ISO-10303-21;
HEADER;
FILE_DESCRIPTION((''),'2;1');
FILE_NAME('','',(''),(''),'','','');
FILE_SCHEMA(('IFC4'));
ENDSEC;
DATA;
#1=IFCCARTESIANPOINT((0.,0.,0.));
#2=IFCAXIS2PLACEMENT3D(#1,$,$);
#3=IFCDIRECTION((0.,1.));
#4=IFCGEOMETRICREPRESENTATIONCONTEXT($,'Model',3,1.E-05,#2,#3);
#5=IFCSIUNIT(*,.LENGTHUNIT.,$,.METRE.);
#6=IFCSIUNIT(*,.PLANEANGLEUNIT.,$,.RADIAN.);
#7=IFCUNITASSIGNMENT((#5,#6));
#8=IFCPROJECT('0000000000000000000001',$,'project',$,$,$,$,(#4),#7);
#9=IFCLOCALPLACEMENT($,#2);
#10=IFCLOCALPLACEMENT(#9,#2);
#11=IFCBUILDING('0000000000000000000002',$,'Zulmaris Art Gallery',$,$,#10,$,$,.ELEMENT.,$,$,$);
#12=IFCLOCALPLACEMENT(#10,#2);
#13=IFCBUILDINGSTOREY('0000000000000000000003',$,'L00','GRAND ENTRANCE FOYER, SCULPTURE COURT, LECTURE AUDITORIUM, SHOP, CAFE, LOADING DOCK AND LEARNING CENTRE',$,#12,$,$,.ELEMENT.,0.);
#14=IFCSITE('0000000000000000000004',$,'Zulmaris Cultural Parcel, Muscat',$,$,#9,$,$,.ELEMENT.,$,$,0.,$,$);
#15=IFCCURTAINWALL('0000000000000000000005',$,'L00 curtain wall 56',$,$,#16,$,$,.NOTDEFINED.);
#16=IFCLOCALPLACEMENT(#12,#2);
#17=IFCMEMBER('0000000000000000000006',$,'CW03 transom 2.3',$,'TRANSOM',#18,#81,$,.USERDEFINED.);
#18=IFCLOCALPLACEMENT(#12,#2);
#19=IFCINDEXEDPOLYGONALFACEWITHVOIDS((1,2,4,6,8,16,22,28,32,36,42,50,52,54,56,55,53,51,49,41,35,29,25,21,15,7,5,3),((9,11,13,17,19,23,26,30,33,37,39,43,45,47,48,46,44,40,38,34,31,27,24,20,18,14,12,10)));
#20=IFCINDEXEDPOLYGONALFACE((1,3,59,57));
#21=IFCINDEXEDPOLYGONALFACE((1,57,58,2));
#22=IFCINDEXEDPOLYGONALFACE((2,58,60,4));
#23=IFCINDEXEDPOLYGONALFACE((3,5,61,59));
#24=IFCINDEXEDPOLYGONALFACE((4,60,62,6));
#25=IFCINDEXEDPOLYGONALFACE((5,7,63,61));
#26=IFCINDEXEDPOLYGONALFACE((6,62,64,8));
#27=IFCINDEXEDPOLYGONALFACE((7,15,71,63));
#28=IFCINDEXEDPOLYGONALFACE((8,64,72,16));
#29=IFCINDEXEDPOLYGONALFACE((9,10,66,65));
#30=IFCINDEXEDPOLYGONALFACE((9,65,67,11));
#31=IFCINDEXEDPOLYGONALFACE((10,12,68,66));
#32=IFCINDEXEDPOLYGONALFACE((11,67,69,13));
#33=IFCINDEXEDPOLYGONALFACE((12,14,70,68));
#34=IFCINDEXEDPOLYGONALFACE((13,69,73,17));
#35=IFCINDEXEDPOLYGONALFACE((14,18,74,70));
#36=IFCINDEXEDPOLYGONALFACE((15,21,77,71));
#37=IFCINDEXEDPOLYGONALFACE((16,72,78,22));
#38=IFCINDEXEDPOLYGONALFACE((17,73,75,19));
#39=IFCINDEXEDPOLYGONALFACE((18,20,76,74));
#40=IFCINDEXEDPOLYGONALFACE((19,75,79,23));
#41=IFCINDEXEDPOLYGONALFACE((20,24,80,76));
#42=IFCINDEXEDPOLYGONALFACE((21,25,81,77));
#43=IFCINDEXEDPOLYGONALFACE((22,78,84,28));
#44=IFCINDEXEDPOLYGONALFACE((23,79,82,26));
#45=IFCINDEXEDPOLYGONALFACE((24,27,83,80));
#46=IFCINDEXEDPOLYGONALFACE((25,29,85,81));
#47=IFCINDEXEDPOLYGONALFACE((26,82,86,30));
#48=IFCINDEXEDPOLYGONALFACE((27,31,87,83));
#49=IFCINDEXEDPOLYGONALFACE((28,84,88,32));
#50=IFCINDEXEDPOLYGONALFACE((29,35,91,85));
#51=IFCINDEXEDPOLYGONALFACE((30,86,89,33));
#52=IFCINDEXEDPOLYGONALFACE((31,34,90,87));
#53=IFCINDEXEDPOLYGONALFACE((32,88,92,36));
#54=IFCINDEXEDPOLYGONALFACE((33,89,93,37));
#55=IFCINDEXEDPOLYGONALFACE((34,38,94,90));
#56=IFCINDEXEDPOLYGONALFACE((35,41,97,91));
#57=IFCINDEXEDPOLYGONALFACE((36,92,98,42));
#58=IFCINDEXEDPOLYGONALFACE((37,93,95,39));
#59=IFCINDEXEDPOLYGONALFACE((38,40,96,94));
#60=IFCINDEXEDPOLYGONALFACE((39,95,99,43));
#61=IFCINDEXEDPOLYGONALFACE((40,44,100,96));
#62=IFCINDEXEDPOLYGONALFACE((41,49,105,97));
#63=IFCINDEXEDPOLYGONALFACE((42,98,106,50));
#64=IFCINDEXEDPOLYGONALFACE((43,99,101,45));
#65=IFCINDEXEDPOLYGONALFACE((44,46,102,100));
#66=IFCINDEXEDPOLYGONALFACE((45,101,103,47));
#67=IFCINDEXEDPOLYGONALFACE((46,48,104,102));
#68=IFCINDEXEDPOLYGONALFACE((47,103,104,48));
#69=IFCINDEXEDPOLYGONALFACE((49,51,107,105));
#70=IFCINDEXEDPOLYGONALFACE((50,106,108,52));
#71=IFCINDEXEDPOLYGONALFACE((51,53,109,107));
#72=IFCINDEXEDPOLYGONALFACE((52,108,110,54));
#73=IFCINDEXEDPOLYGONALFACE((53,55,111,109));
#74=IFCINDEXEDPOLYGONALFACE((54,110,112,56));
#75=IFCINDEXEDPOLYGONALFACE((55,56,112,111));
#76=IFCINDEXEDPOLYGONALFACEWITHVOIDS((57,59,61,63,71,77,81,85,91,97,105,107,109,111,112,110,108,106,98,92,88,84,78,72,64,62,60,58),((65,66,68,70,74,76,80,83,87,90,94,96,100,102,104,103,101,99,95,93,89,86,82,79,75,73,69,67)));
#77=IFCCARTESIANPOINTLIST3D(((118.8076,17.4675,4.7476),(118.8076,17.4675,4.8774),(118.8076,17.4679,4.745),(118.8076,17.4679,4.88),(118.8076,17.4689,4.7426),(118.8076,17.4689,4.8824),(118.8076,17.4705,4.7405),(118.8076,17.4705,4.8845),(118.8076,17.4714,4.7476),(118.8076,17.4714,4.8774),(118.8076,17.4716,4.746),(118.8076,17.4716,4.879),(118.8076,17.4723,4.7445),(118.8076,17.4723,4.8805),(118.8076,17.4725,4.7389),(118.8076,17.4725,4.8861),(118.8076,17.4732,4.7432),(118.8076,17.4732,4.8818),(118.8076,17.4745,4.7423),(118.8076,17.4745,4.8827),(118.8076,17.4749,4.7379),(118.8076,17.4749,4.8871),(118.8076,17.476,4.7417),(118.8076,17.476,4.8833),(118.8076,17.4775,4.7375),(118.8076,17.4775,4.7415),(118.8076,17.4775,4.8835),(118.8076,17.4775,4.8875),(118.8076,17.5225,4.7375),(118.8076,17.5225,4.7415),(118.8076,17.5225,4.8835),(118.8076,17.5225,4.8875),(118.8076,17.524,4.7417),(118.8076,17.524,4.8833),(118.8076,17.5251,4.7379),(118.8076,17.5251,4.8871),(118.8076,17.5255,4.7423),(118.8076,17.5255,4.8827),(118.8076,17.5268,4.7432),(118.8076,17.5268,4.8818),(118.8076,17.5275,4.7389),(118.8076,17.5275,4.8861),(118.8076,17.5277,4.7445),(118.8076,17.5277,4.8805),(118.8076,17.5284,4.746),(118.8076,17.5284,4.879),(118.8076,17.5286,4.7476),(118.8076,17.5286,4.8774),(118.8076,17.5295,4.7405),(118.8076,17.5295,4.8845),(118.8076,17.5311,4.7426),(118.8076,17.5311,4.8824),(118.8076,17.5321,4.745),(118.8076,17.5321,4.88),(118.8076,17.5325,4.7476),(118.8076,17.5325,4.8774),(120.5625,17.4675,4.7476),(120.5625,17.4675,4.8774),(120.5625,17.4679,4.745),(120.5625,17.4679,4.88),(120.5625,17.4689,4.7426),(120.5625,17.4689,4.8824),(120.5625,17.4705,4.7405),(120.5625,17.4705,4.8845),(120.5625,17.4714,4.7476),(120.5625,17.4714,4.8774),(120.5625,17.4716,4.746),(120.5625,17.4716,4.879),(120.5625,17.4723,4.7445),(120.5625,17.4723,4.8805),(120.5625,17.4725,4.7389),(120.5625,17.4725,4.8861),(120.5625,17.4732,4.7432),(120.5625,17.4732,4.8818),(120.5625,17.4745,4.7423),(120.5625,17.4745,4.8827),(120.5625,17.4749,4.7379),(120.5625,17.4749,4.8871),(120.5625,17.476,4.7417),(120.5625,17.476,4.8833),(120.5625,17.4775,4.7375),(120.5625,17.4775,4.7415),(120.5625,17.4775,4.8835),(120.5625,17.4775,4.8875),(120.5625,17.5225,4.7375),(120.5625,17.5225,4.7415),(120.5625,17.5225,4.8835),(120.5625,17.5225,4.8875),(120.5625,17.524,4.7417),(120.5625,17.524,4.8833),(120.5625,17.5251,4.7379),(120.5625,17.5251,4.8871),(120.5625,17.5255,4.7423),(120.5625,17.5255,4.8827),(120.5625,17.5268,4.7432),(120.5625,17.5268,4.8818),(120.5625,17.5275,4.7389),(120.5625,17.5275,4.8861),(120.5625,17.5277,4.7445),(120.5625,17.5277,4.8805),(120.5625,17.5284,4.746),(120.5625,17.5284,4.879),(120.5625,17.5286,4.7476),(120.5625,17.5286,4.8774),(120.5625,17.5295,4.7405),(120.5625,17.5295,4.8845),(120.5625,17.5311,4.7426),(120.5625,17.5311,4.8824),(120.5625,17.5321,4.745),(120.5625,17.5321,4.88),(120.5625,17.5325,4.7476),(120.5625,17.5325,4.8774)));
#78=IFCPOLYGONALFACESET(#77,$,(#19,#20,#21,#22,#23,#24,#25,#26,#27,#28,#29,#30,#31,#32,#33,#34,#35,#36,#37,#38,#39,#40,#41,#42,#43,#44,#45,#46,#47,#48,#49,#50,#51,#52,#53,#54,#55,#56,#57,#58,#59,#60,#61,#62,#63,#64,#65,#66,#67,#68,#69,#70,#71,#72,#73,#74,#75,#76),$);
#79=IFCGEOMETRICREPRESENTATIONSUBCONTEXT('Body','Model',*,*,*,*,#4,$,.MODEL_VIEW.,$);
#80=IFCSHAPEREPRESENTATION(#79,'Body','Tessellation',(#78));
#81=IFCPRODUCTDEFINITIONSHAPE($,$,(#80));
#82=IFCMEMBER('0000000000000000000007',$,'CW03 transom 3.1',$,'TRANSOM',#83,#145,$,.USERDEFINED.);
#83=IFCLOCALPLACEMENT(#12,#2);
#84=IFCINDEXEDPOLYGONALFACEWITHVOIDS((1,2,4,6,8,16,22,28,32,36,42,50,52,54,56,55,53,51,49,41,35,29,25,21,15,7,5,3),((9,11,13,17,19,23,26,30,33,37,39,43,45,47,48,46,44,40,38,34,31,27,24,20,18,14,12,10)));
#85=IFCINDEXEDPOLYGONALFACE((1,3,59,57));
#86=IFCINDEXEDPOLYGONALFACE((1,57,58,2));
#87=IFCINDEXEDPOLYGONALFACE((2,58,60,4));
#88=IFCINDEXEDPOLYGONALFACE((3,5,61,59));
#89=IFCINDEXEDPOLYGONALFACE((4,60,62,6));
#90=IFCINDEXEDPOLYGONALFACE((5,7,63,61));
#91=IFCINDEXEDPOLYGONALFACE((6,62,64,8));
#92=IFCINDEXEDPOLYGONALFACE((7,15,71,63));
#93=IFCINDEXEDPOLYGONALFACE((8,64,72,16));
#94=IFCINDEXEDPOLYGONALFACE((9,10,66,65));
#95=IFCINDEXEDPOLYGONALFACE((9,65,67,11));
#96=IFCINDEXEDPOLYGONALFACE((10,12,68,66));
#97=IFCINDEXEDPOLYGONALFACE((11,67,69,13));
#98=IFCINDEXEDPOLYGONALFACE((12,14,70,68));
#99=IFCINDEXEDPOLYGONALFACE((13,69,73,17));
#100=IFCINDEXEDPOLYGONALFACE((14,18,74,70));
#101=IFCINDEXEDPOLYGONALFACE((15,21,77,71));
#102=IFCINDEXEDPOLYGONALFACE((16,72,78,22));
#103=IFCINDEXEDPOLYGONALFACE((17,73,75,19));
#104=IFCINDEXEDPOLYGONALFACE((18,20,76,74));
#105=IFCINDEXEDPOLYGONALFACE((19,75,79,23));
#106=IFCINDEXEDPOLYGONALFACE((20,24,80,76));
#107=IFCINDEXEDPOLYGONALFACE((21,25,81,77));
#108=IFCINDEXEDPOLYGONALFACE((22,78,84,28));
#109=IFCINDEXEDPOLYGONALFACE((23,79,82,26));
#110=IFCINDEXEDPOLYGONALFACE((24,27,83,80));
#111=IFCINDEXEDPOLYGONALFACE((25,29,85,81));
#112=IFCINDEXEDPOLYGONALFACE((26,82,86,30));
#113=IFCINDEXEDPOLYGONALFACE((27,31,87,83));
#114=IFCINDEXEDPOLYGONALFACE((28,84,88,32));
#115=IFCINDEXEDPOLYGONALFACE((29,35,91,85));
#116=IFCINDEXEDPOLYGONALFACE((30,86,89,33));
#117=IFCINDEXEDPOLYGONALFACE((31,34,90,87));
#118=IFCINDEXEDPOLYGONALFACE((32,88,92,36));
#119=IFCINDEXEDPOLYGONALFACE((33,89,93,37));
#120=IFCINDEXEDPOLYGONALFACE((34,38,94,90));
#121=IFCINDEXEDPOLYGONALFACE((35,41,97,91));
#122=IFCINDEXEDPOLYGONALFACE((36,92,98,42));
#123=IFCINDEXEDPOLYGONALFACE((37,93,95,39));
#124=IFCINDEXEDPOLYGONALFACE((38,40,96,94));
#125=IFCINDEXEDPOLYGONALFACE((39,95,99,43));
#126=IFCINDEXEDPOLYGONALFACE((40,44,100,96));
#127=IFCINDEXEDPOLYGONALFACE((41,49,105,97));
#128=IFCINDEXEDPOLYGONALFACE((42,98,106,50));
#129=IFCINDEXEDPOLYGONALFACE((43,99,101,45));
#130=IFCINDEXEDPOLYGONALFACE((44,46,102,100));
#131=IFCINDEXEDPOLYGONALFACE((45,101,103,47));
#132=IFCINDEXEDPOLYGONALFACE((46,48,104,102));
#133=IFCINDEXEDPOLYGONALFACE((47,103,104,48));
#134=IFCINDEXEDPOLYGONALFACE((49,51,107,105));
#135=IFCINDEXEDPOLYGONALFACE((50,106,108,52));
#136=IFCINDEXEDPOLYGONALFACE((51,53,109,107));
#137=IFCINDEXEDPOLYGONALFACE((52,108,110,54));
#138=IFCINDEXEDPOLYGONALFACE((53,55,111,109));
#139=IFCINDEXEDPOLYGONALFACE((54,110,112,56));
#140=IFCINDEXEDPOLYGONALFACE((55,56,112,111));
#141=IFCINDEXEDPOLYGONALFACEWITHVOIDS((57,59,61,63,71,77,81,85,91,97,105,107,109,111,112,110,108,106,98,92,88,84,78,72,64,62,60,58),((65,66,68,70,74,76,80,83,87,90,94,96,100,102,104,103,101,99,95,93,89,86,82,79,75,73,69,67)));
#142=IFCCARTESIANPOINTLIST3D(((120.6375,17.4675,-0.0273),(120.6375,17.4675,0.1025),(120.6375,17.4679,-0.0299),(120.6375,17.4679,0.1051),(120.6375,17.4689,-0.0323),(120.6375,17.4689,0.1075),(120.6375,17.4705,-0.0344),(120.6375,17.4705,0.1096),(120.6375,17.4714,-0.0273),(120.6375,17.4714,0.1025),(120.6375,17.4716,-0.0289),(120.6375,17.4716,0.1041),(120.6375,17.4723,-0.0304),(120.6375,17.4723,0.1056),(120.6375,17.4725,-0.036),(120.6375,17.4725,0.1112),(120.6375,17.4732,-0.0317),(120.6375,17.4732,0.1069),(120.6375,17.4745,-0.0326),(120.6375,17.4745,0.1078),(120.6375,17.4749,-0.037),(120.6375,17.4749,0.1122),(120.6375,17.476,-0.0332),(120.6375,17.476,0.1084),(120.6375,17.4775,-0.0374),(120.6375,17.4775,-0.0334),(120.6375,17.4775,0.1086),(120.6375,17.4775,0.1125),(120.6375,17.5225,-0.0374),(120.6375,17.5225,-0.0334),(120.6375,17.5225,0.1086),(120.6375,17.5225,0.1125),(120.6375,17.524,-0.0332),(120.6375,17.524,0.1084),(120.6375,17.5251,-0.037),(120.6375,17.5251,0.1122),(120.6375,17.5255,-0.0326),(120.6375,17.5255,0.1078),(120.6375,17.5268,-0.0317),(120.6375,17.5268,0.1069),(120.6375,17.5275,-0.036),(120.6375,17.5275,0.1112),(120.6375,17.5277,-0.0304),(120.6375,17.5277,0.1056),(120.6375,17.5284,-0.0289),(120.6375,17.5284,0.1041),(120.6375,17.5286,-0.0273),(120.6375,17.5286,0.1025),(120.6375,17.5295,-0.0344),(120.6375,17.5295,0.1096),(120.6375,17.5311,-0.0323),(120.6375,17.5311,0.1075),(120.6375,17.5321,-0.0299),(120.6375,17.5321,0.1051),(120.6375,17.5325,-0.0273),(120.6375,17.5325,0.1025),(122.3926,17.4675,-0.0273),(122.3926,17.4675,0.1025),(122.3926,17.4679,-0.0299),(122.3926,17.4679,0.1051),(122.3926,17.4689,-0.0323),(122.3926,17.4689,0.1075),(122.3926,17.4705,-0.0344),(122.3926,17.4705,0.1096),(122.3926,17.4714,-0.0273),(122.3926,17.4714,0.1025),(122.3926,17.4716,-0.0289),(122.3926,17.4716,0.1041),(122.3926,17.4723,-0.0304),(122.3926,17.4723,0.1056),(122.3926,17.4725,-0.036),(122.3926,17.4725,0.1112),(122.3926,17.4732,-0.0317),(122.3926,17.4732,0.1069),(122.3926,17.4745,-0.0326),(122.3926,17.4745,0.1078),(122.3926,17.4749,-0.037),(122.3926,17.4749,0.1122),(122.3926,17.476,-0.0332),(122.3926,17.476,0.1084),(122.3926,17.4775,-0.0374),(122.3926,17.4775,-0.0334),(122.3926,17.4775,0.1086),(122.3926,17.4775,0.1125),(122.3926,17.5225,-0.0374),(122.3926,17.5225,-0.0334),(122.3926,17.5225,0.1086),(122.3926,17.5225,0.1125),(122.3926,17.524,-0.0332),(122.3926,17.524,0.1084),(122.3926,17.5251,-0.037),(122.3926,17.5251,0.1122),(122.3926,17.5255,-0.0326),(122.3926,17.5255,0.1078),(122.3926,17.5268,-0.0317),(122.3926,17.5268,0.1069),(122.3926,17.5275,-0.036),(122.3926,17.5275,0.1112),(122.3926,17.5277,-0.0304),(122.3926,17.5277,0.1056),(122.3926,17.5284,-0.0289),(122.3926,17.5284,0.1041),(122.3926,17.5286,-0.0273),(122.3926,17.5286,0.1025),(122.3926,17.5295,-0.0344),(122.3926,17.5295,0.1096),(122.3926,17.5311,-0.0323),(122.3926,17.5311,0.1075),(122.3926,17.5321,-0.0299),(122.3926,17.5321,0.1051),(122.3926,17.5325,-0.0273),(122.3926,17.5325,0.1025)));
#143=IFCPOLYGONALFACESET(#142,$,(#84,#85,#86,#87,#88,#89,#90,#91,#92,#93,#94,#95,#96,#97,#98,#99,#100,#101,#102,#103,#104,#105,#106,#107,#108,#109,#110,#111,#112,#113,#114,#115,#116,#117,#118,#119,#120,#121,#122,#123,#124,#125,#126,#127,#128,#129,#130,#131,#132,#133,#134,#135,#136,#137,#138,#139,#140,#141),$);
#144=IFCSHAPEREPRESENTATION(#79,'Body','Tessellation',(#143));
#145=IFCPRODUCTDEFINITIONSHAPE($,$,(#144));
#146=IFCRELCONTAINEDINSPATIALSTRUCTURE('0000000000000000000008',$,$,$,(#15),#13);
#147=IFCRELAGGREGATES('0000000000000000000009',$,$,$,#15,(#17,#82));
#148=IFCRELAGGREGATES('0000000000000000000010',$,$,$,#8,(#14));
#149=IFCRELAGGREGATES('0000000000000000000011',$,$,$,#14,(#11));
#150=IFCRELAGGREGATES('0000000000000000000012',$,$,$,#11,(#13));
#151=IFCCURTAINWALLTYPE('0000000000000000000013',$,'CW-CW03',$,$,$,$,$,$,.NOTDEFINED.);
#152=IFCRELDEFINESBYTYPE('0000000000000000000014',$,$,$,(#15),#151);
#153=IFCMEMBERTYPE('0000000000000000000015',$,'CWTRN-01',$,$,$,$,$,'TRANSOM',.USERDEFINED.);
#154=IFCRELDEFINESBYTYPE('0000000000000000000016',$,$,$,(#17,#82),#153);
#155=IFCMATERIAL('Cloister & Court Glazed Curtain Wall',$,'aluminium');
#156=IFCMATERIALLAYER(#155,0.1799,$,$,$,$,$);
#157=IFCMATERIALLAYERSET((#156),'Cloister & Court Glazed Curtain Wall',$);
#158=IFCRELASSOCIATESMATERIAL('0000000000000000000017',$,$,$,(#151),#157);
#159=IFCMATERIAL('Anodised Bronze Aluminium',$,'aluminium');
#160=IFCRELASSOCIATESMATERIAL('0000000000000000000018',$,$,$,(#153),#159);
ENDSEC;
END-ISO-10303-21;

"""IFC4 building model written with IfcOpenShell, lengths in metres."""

from ifc_helpers import new_model, si_unit, direction, frame, origin, origin_2d, place, context, subcontext, project, spatial, hollow_rectangle, extrude, material, layer, layer_set, material_profile, profile_set, type_object, element, aggregate, save


model = new_model("IFC4")

# Units and contexts
model_context = context("Model", 3, precision=1e-05, world=origin(), true_north=direction((0.0, 1.0)))
body_context = subcontext(model_context, "Body", "Model", "MODEL_VIEW")
ifc_project = project(units=[si_unit("LENGTHUNIT", "METRE"), si_unit("PLANEANGLEUNIT", "RADIAN")], contexts=[model_context])

# Site, building, storey
site_placement = place(None, origin())
site = spatial("IfcSite", under=ifc_project, at=site_placement, Name="Zulmaris Cultural Parcel, Muscat", CompositionType="ELEMENT", RefElevation=0.0)
building_placement = place(site_placement, origin())
building = spatial("IfcBuilding", under=site, at=building_placement, Name="Zulmaris Art Gallery", CompositionType="ELEMENT")
storey_placement = place(building_placement, origin())
storey = spatial("IfcBuildingStorey", under=building, at=storey_placement, Name="L00", Description="GRAND ENTRANCE FOYER, SCULPTURE COURT, LECTURE AUDITORIUM, SHOP, CAFE, LOADING DOCK AND LEARNING CENTRE", CompositionType="ELEMENT", Elevation=0.0)

# Curtain wall, members
ifc_material_1 = material(Name="Cloister & Court Glazed Curtain Wall", Category="aluminium")
ifc_layer_1 = layer(ifc_material_1, 0.1799)
ifc_layer_set_1 = layer_set([ifc_layer_1], Name="Cloister & Court Glazed Curtain Wall")
curtain_wall_type = type_object("IfcCurtainWallType", Name="CW-CW03", PredefinedType="NOTDEFINED", material=ifc_layer_set_1)
curtain_wall_placement = place(storey_placement, origin())
curtain_wall = element("IfcCurtainWall", 1, at=curtain_wall_placement, inside=storey, type_object=curtain_wall_type, Name="L00 curtain wall 56", PredefinedType="NOTDEFINED")
ifc_material_2 = material(Name="Anodised Bronze Aluminium", Category="aluminium")
ifc_material_profile_1 = material_profile(ifc_material_2, hollow_rectangle(XDim=0.0649, YDim=0.1499, WallThickness=0.0039, InnerFilletRadius=0.0061, OuterFilletRadius=0.01, at=origin_2d()), Name="ALU 65x150x4")
ifc_profile_set_1 = profile_set([ifc_material_profile_1], Name="Anodised Bronze Aluminium")
member_type_1 = type_object("IfcMemberType", Name="CWTRN-01", ElementType="TRANSOM", PredefinedType="USERDEFINED", material=ifc_profile_set_1)
member_1_placement = place(storey_placement, frame((118.8076, 17.5, 4.8125), z_axis=(1.0, 0.0, 0.0), x_axis=(0.0, 1.0, 0.0)))
member_1 = element("IfcMember", 2, at=member_1_placement, type_object=member_type_1, Name="CW03 transom 2.3", ObjectType="TRANSOM", PredefinedType="USERDEFINED", context=body_context, shape_type="SweptSolid", body=[
    extrude(hollow_rectangle(XDim=0.0649, YDim=0.1499, WallThickness=0.0039, InnerFilletRadius=0.0061, OuterFilletRadius=0.01, at=origin_2d()), origin(), (0.0, 0.0, 1.0), 1.7549),
])
member_2_placement = place(storey_placement, frame((120.6375, 17.5, 0.0376), z_axis=(1.0, 0.0, 0.0), x_axis=(0.0, 1.0, 0.0)))
member_2 = element("IfcMember", 3, at=member_2_placement, type_object=member_type_1, Name="CW03 transom 3.1", ObjectType="TRANSOM", PredefinedType="USERDEFINED", context=body_context, shape_type="SweptSolid", body=[
    extrude(hollow_rectangle(XDim=0.0649, YDim=0.1499, WallThickness=0.0039, InnerFilletRadius=0.0061, OuterFilletRadius=0.01, at=origin_2d()), origin(), (0.0, 0.0, 1.0), 1.7551),
])
aggregate(curtain_wall, [member_1, member_2])

save(model, "model.ifc")
